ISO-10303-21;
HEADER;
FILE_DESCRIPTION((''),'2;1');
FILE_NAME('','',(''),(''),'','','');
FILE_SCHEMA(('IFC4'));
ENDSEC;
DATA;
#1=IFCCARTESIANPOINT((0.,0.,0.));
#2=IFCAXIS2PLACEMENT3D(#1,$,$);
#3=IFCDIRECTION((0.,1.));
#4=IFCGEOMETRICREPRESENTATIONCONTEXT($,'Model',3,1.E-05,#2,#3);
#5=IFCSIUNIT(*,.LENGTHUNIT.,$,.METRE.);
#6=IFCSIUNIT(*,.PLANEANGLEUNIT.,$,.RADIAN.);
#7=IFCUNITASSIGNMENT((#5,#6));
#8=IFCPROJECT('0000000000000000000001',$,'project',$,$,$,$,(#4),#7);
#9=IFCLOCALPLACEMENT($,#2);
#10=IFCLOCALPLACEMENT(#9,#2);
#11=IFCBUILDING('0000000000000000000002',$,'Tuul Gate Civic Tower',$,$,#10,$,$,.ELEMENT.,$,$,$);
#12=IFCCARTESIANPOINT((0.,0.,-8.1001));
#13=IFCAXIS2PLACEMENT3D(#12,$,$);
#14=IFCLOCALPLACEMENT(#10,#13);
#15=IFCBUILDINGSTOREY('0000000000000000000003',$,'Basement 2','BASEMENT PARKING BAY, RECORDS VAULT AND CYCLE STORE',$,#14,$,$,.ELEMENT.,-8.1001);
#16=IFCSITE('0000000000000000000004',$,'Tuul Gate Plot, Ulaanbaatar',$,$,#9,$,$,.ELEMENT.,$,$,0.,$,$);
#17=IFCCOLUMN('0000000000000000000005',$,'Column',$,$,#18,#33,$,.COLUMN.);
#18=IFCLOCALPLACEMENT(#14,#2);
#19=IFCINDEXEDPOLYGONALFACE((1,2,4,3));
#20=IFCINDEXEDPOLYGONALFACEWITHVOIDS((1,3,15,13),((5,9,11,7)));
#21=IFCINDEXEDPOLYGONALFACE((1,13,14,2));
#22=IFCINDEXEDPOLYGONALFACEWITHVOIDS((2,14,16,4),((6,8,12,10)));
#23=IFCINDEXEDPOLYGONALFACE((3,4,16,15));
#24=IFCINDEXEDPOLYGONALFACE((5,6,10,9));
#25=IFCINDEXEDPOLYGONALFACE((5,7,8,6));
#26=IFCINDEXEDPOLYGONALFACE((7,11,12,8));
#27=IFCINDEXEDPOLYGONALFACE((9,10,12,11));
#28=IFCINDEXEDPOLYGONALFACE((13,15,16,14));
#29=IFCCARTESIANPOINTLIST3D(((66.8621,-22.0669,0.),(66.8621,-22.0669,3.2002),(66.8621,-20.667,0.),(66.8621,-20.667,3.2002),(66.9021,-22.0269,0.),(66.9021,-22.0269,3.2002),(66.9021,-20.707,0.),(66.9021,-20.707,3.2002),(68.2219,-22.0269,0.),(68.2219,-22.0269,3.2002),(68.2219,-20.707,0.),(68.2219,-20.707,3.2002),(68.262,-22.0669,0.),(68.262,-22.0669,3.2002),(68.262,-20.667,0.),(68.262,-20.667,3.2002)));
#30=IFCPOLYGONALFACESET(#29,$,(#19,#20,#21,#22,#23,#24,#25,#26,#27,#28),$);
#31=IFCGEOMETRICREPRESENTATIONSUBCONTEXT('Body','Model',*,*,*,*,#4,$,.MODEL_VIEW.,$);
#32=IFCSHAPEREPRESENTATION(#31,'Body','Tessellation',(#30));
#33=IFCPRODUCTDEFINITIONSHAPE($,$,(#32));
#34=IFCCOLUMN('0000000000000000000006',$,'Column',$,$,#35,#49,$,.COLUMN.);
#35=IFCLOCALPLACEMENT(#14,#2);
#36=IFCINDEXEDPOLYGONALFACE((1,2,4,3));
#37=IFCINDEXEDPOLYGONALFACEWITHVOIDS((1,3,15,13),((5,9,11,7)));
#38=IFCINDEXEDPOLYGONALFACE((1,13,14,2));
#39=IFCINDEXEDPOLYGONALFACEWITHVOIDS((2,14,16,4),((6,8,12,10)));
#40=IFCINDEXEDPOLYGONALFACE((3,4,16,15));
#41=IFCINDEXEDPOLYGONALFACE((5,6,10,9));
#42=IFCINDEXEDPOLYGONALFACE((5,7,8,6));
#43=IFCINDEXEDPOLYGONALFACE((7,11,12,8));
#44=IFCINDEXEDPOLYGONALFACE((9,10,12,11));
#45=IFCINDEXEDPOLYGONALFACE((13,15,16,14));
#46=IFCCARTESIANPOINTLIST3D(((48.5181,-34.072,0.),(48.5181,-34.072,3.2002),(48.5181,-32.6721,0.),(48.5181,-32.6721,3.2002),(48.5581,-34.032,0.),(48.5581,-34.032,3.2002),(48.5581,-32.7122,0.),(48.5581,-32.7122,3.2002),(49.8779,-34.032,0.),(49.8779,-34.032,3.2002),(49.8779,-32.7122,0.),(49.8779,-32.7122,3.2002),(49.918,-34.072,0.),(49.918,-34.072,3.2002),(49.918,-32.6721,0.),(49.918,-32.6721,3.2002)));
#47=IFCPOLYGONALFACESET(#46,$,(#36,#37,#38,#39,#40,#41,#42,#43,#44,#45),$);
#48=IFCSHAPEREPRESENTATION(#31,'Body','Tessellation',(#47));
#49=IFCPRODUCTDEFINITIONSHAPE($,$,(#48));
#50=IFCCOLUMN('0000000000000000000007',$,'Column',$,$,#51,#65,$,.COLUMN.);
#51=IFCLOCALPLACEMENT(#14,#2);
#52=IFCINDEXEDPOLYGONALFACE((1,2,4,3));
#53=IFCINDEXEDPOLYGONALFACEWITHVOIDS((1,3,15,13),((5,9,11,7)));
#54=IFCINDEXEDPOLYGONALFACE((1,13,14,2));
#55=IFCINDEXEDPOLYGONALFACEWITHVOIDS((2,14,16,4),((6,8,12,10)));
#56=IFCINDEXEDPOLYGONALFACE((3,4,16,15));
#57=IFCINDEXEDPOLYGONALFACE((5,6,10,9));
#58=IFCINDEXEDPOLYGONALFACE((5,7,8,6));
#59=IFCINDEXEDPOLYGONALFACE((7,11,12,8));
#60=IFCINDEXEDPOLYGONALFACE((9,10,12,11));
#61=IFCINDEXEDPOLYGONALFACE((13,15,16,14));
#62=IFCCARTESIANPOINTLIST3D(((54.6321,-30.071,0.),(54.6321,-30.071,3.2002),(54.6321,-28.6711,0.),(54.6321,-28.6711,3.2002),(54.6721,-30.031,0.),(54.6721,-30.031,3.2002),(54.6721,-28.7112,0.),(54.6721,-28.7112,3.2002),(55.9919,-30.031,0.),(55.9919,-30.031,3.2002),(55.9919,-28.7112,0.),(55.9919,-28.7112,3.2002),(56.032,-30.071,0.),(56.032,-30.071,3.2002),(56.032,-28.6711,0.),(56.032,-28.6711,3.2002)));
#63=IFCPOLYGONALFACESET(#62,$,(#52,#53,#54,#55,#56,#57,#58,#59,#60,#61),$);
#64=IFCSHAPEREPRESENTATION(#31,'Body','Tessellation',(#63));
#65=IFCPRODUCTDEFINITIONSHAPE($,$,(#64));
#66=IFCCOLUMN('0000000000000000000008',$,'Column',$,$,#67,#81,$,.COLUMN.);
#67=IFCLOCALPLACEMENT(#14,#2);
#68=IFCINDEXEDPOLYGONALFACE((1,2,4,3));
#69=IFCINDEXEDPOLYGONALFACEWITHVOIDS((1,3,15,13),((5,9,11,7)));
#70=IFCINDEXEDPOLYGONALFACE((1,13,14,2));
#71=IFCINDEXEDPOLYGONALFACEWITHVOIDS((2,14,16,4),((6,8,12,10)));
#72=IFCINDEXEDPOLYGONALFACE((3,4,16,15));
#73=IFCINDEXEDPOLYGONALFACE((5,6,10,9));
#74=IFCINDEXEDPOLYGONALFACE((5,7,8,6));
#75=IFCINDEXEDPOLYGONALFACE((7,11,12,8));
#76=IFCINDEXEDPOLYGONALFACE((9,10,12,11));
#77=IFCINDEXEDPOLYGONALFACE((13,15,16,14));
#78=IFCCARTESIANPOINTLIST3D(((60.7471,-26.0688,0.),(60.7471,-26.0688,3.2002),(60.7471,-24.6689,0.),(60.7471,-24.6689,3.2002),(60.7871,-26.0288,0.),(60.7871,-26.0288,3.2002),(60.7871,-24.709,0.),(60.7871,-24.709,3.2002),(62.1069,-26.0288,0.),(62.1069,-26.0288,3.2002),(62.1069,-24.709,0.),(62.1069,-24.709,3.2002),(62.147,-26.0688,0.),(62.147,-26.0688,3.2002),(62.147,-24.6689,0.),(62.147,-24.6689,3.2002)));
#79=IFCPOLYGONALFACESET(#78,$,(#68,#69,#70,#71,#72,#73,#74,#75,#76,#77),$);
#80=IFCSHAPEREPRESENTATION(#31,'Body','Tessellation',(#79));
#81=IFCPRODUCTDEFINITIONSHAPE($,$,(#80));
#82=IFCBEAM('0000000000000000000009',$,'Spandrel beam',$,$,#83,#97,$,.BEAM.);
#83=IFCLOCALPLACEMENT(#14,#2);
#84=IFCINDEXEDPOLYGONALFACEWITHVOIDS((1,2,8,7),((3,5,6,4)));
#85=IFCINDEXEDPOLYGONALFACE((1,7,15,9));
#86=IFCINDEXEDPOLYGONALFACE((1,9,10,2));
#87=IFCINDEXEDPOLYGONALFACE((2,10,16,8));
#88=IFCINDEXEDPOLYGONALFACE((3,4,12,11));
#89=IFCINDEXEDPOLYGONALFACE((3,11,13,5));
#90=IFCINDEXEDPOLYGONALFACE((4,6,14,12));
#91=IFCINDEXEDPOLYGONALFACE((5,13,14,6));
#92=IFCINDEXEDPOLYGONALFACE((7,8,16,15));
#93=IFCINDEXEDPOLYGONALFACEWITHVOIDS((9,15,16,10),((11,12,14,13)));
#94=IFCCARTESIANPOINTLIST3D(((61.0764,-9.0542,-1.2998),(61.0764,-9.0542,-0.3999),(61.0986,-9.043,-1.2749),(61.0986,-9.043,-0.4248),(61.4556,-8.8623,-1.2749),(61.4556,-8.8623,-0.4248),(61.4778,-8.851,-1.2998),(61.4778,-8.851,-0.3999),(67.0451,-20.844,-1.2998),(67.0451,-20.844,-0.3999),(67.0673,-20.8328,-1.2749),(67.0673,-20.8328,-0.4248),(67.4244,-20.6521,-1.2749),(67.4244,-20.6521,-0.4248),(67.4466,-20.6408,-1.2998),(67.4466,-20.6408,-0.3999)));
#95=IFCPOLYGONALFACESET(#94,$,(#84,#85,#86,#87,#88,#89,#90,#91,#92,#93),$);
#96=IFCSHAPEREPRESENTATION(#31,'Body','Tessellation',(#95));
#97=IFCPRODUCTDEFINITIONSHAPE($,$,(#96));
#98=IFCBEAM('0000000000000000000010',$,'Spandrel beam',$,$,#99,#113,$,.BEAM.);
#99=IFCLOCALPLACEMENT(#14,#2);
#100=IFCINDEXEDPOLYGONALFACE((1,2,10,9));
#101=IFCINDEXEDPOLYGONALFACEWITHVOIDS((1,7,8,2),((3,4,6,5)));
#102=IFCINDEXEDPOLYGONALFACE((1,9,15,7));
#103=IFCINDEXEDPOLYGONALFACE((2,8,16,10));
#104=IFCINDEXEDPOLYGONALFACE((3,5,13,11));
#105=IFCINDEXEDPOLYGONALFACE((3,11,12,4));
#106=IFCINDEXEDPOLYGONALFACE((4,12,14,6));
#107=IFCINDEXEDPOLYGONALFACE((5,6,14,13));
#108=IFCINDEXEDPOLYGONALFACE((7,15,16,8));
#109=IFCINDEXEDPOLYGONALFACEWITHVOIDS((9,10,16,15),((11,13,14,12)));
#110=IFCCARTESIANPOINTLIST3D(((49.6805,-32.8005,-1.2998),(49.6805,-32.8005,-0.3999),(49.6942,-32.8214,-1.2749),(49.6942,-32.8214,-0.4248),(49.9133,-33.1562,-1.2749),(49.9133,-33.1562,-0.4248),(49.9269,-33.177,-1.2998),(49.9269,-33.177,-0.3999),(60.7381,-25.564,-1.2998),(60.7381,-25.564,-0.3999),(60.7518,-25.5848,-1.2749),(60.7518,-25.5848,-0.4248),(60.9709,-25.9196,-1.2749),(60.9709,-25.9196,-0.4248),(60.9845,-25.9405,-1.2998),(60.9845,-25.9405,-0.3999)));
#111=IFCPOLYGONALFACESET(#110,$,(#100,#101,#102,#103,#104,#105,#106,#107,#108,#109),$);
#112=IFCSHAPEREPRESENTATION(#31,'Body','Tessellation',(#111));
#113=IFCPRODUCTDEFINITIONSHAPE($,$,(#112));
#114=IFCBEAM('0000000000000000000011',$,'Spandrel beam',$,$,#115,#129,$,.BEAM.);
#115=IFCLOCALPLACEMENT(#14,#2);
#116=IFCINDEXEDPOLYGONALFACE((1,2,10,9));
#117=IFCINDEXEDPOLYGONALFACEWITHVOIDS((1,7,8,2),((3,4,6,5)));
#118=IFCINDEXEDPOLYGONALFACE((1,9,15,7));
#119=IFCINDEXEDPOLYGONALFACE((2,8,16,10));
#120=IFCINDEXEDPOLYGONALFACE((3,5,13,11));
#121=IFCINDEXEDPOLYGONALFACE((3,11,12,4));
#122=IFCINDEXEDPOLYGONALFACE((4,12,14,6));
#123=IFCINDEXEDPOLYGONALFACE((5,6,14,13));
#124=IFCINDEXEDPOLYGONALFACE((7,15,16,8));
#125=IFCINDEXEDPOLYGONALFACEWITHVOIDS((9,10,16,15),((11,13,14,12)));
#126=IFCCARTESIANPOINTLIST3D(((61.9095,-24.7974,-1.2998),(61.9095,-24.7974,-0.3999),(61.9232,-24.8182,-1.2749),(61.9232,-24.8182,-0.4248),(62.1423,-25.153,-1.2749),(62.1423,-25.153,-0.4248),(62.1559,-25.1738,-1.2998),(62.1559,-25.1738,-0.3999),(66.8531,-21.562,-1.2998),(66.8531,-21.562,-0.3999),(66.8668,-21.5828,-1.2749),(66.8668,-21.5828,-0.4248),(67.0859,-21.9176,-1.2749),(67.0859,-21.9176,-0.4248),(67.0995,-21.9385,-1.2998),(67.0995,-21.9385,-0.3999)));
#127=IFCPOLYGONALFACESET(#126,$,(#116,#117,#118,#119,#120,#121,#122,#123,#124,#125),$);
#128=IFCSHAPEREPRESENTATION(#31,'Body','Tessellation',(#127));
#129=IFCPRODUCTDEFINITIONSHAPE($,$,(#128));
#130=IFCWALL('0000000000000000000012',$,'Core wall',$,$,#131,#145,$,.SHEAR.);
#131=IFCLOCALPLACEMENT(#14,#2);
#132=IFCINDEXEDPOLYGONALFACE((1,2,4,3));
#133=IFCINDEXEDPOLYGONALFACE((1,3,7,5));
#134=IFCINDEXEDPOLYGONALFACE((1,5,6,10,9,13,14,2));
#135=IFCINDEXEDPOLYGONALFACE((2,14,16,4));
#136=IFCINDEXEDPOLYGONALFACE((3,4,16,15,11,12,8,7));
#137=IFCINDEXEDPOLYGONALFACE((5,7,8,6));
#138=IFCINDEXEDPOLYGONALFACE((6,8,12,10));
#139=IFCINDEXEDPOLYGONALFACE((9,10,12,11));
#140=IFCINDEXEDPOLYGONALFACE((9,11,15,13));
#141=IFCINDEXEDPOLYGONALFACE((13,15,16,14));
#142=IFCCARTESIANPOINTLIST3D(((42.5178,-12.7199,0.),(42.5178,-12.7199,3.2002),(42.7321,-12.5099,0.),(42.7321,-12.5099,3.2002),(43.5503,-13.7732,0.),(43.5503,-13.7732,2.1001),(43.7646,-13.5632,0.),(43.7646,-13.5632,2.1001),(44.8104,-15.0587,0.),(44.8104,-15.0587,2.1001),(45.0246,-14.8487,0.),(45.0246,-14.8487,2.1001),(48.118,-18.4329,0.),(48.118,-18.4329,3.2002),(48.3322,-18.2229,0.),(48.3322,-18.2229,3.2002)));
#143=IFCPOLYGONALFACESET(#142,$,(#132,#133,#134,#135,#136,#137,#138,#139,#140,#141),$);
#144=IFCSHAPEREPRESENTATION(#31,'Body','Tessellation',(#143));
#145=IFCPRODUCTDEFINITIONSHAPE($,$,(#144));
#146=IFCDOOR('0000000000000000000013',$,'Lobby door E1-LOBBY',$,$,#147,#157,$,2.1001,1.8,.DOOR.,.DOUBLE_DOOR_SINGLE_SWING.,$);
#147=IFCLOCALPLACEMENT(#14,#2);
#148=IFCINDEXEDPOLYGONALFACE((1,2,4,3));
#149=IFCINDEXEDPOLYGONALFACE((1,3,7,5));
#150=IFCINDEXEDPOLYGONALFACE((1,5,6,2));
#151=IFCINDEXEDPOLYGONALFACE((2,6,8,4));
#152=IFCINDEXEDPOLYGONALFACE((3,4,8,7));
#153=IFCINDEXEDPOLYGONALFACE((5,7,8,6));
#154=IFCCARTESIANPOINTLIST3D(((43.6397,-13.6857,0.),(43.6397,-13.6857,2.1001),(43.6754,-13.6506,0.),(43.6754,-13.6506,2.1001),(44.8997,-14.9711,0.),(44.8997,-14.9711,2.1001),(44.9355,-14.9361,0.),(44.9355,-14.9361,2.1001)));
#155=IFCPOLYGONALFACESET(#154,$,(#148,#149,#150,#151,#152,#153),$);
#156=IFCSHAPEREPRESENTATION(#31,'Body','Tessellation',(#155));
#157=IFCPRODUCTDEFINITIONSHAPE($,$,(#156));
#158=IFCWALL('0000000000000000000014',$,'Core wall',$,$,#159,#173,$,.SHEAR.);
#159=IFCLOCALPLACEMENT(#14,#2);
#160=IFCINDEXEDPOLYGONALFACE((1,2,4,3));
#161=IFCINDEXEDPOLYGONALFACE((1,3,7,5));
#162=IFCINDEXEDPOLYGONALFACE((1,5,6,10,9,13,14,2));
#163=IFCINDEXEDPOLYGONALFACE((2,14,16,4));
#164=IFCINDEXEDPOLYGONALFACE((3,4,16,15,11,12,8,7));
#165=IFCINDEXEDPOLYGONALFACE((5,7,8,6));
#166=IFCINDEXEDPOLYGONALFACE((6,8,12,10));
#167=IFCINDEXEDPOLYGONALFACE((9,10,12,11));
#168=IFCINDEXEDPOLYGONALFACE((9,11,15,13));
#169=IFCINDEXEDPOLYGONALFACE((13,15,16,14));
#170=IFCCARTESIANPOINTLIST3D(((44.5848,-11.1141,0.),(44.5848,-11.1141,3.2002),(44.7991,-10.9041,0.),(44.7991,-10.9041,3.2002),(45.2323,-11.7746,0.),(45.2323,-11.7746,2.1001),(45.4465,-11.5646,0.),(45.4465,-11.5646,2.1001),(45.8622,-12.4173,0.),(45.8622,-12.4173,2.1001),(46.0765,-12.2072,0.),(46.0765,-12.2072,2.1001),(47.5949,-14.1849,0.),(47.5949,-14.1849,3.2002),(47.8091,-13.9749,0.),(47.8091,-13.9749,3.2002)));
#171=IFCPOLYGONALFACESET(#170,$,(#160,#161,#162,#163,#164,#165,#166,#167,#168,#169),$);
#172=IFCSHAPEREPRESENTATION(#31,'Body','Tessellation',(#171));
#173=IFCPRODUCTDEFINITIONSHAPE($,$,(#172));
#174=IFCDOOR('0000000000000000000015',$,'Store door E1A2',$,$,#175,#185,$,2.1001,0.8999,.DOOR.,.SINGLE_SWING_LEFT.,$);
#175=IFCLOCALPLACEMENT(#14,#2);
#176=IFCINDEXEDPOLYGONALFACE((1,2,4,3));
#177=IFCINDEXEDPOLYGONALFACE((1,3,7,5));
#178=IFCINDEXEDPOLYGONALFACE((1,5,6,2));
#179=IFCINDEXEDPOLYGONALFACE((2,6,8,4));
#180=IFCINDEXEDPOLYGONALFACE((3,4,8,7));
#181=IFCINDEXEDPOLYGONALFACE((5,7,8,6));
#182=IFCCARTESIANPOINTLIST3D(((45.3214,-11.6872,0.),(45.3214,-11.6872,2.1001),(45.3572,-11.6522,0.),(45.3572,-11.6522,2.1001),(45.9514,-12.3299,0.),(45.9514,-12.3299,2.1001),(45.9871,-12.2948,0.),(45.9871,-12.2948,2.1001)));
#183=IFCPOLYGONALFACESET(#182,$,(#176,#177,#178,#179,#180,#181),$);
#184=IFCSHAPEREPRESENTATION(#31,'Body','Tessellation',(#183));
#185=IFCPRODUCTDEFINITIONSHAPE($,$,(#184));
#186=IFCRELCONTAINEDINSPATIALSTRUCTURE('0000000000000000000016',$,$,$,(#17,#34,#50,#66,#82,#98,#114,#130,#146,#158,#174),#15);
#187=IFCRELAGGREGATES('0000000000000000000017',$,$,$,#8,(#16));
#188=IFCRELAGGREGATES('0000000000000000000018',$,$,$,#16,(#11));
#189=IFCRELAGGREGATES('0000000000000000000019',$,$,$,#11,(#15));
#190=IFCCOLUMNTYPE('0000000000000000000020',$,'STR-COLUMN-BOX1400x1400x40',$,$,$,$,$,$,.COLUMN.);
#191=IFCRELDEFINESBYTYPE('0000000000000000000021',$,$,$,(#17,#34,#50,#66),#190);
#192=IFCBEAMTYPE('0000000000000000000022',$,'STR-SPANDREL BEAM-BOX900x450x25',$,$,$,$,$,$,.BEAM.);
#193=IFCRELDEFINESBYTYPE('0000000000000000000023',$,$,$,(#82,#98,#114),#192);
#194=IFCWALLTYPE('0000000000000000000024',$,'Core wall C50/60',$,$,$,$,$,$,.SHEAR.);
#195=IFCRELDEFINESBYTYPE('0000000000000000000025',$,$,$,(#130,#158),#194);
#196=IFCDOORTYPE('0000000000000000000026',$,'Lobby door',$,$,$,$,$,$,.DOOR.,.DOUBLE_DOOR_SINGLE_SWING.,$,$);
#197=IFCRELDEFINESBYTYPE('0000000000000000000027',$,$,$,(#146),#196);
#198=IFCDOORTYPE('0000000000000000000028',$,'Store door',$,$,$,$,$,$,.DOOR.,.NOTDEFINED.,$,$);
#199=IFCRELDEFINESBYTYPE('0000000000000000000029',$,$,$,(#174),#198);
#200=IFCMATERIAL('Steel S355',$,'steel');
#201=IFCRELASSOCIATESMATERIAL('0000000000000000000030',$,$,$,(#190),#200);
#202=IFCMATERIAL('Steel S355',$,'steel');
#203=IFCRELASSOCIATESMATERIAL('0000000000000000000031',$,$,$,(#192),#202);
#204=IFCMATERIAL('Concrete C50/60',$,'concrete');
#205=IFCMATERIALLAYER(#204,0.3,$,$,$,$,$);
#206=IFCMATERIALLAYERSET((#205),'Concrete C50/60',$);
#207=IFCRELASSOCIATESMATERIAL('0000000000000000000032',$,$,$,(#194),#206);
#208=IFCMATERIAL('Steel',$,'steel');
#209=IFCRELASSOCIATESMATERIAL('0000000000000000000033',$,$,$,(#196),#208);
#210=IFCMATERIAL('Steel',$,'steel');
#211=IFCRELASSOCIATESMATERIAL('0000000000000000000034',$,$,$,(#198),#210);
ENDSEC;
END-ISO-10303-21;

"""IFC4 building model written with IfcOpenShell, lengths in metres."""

from ifc_helpers import new_model, si_unit, direction, frame, frame_2d, origin, origin_2d, place, context, subcontext, project, spatial, rectangle, hollow_rectangle, extrude, material, layer, layer_set, material_profile, profile_set, type_object, element, fill, save


model = new_model("IFC4")

# Units and contexts
model_context = context("Model", 3, precision=1e-05, world=origin(), true_north=direction((0.0, 1.0)))
body_context = subcontext(model_context, "Body", "Model", "MODEL_VIEW")
ifc_project = project(units=[si_unit("LENGTHUNIT", "METRE"), si_unit("PLANEANGLEUNIT", "RADIAN")], contexts=[model_context])

# Site, building, storey
site_placement = place(None, origin())
site = spatial("IfcSite", under=ifc_project, at=site_placement, Name="Tuul Gate Plot, Ulaanbaatar", CompositionType="ELEMENT", RefElevation=0.0)
building_placement = place(site_placement, origin())
building = spatial("IfcBuilding", under=site, at=building_placement, Name="Tuul Gate Civic Tower", CompositionType="ELEMENT")
storey_placement = place(building_placement, frame((0.0, 0.0, -8.1001)))
storey = spatial("IfcBuildingStorey", under=building, at=storey_placement, Name="Basement 2", Description="BASEMENT PARKING BAY, RECORDS VAULT AND CYCLE STORE", CompositionType="ELEMENT", Elevation=-8.1001)

# Columns
ifc_material_1 = material(Name="Steel S355", Category="steel")
ifc_material_profile_1 = material_profile(ifc_material_1, hollow_rectangle(XDim=1.3999, YDim=1.3999, WallThickness=0.04, at=origin_2d()), Name="BOX1400x1400x40")
ifc_profile_set_1 = profile_set([ifc_material_profile_1], Name="Steel S355")
column_type = type_object("IfcColumnType", Name="STR-COLUMN-BOX1400x1400x40", PredefinedType="COLUMN", material=ifc_profile_set_1)
for number, where, z_axis, x_axis, name in (
    (1, (67.562, -21.3669, 0.0), (0.0, 0.0, 1.0), (1.0, 0.0, 0.0), "Column"),
    (2, (49.218, -33.3721, 0.0), (0.0, 0.0, 1.0), (1.0, 0.0, 0.0), "Column"),
    (3, (55.332, -29.3711, 0.0), (0.0, 0.0, 1.0), (1.0, 0.0, 0.0), "Column"),
    (4, (61.447, -25.3689, 0.0), (0.0, 0.0, 1.0), (1.0, 0.0, 0.0), "Column"),
):
    element("IfcColumn", number, at=place(storey_placement, frame(where, z_axis=z_axis, x_axis=x_axis)), inside=storey, type_object=column_type, Name=name, PredefinedType="COLUMN", context=body_context, shape_type="SweptSolid", body=[
        extrude(hollow_rectangle(XDim=1.3999, YDim=1.3999, WallThickness=0.04, at=origin_2d()), origin(), (0.0, 0.0, 1.0), 3.2002),
    ])

# Beams
ifc_material_2 = material(Name="Steel S355", Category="steel")
ifc_material_profile_2 = material_profile(ifc_material_2, hollow_rectangle(XDim=0.45, YDim=0.8999, WallThickness=0.0249, at=origin_2d()), Name="BOX900x450x25")
ifc_profile_set_2 = profile_set([ifc_material_profile_2], Name="Steel S355")
beam_type = type_object("IfcBeamType", Name="STR-SPANDREL BEAM-BOX900x450x25", PredefinedType="BEAM", material=ifc_profile_set_2)
beam_1_placement = place(storey_placement, frame((67.2458, -20.7424, -0.8499), z_axis=(-0.451679, 0.892181, 0.0), x_axis=(-0.892181, -0.451679, 0.0)))
element("IfcBeam", 5, at=beam_1_placement, inside=storey, type_object=beam_type, Name="Spandrel beam", PredefinedType="BEAM", context=body_context, shape_type="SweptSolid", body=[
    extrude(hollow_rectangle(XDim=0.45, YDim=0.8999, WallThickness=0.0249, at=origin_2d()), origin(), (0.0, 0.0, 1.0), 13.2146),
])
beam_2_placement = place(storey_placement, frame((49.8037, -32.9888, -0.8499), z_axis=(0.836741, 0.547599, 0.0), x_axis=(-0.547599, 0.836741, 0.0)))
element("IfcBeam", 6, at=beam_2_placement, inside=storey, type_object=beam_type, Name="Spandrel beam", PredefinedType="BEAM", context=body_context, shape_type="SweptSolid", body=[
    extrude(hollow_rectangle(XDim=0.45, YDim=0.8999, WallThickness=0.0249, at=origin_2d()), origin(), (0.0, 0.0, 1.0), 13.2151),
])
beam_3_placement = place(storey_placement, frame((62.0327, -24.9856, -0.8499), z_axis=(0.836737, 0.547604, 0.0), x_axis=(-0.547604, 0.836737, 0.0)))
element("IfcBeam", 7, at=beam_3_placement, inside=storey, type_object=beam_type, Name="Spandrel beam", PredefinedType="BEAM", context=body_context, shape_type="SweptSolid", body=[
    extrude(hollow_rectangle(XDim=0.45, YDim=0.8999, WallThickness=0.0249, at=origin_2d()), origin(), (0.0, 0.0, 1.0), 5.9082),
])

# Walls, openings, doors
ifc_material_3 = material(Name="Concrete C50/60", Category="concrete")
ifc_layer_1 = layer(ifc_material_3, 0.3)
ifc_layer_set_1 = layer_set([ifc_layer_1], Name="Concrete C50/60")
wall_type_1 = type_object("IfcWallType", Name="Core wall C50/60", PredefinedType="SHEAR", material=ifc_layer_set_1)
wall_1_placement = place(storey_placement, frame((48.2251, -18.3279, 0.0), z_axis=(0.0, 0.0, 1.0), x_axis=(-0.700022, 0.714121, 0.0)))
wall_1 = element("IfcWall", 8, at=wall_1_placement, inside=storey, type_object=wall_type_1, Name="Core wall", PredefinedType="SHEAR", context=body_context, shape_type="SweptSolid", body=[
    extrude(rectangle(XDim=8.0, YDim=0.3, at=frame_2d((4.0, 0.0))), origin(), (0.0, 0.0, 1.0), 3.2002),
])
opening_1_placement = place(wall_1_placement, frame((4.7251, 0.0, 0.0)))
opening_1 = element("IfcOpeningElement", 9, at=opening_1_placement, cuts=wall_1, PredefinedType="OPENING", context=body_context, shape_type="SweptSolid", body=[
    extrude(rectangle(XDim=1.8, YDim=2.1001, at=frame_2d((0.8999, 1.05))), frame((0.0, 0.1602, 0.0), z_axis=(0.0, -1.0, 0.0), x_axis=(1.0, 0.0, 0.0)), (0.0, 0.0, 1.0), 0.3201),
])
ifc_material_4 = material(Name="Steel", Category="steel")
door_type_1 = type_object("IfcDoorType", Name="Lobby door", OperationType="DOUBLE_DOOR_SINGLE_SWING", PredefinedType="DOOR", material=ifc_material_4)
door_1_placement = place(opening_1_placement, origin())
door_1 = element("IfcDoor", 10, at=door_1_placement, inside=storey, type_object=door_type_1, Name="Lobby door E1-LOBBY", OperationType="DOUBLE_DOOR_SINGLE_SWING", OverallHeight=2.1001, OverallWidth=1.8, PredefinedType="DOOR", context=body_context, shape_type="SweptSolid", body=[
    extrude(rectangle(XDim=1.8, YDim=2.1001, at=frame_2d((0.8999, 1.05))), frame((0.0, 0.0249, 0.0), z_axis=(0.0, -1.0, 0.0), x_axis=(1.0, 0.0, 0.0)), (0.0, 0.0, 1.0), 0.05),
])
fill(opening_1, door_1)
wall_2_placement = place(storey_placement, frame((47.7019, -14.0798, 0.0), z_axis=(0.0, 0.0, 1.0), x_axis=(-0.700003, 0.71414, 0.0)))
wall_2 = element("IfcWall", 11, at=wall_2_placement, inside=storey, type_object=wall_type_1, Name="Core wall", PredefinedType="SHEAR", context=body_context, shape_type="SweptSolid", body=[
    extrude(rectangle(XDim=4.3, YDim=0.3, at=frame_2d((2.1499, 0.0))), origin(), (0.0, 0.0, 1.0), 3.2002),
])
opening_2_placement = place(wall_2_placement, frame((2.4751, 0.0, 0.0)))
opening_2 = element("IfcOpeningElement", 12, at=opening_2_placement, cuts=wall_2, PredefinedType="OPENING", context=body_context, shape_type="SweptSolid", body=[
    extrude(rectangle(XDim=0.8999, YDim=2.1001, at=frame_2d((0.45, 1.05))), frame((0.0, 0.1602, 0.0), z_axis=(0.0, -1.0, 0.0), x_axis=(1.0, 0.0, 0.0)), (0.0, 0.0, 1.0), 0.3201),
])
ifc_material_5 = material(Name="Steel", Category="steel")
door_type_2 = type_object("IfcDoorType", Name="Store door", OperationType="NOTDEFINED", PredefinedType="DOOR", material=ifc_material_5)
door_2_placement = place(opening_2_placement, frame((0.8999, 0.0, 0.0), z_axis=(0.0, 0.0, 1.0), x_axis=(-1.0, 0.0, 0.0)))
door_2 = element("IfcDoor", 13, at=door_2_placement, inside=storey, type_object=door_type_2, Name="Store door E1A2", OperationType="SINGLE_SWING_LEFT", OverallHeight=2.1001, OverallWidth=0.8999, PredefinedType="DOOR", context=body_context, shape_type="SweptSolid", body=[
    extrude(rectangle(XDim=0.8999, YDim=2.1001, at=frame_2d((0.45, 1.05))), frame((0.0, 0.0249, 0.0), z_axis=(0.0, -1.0, 0.0), x_axis=(1.0, 0.0, 0.0)), (0.0, 0.0, 1.0), 0.05),
])
fill(opening_2, door_2)

save(model, "model.ifc")
